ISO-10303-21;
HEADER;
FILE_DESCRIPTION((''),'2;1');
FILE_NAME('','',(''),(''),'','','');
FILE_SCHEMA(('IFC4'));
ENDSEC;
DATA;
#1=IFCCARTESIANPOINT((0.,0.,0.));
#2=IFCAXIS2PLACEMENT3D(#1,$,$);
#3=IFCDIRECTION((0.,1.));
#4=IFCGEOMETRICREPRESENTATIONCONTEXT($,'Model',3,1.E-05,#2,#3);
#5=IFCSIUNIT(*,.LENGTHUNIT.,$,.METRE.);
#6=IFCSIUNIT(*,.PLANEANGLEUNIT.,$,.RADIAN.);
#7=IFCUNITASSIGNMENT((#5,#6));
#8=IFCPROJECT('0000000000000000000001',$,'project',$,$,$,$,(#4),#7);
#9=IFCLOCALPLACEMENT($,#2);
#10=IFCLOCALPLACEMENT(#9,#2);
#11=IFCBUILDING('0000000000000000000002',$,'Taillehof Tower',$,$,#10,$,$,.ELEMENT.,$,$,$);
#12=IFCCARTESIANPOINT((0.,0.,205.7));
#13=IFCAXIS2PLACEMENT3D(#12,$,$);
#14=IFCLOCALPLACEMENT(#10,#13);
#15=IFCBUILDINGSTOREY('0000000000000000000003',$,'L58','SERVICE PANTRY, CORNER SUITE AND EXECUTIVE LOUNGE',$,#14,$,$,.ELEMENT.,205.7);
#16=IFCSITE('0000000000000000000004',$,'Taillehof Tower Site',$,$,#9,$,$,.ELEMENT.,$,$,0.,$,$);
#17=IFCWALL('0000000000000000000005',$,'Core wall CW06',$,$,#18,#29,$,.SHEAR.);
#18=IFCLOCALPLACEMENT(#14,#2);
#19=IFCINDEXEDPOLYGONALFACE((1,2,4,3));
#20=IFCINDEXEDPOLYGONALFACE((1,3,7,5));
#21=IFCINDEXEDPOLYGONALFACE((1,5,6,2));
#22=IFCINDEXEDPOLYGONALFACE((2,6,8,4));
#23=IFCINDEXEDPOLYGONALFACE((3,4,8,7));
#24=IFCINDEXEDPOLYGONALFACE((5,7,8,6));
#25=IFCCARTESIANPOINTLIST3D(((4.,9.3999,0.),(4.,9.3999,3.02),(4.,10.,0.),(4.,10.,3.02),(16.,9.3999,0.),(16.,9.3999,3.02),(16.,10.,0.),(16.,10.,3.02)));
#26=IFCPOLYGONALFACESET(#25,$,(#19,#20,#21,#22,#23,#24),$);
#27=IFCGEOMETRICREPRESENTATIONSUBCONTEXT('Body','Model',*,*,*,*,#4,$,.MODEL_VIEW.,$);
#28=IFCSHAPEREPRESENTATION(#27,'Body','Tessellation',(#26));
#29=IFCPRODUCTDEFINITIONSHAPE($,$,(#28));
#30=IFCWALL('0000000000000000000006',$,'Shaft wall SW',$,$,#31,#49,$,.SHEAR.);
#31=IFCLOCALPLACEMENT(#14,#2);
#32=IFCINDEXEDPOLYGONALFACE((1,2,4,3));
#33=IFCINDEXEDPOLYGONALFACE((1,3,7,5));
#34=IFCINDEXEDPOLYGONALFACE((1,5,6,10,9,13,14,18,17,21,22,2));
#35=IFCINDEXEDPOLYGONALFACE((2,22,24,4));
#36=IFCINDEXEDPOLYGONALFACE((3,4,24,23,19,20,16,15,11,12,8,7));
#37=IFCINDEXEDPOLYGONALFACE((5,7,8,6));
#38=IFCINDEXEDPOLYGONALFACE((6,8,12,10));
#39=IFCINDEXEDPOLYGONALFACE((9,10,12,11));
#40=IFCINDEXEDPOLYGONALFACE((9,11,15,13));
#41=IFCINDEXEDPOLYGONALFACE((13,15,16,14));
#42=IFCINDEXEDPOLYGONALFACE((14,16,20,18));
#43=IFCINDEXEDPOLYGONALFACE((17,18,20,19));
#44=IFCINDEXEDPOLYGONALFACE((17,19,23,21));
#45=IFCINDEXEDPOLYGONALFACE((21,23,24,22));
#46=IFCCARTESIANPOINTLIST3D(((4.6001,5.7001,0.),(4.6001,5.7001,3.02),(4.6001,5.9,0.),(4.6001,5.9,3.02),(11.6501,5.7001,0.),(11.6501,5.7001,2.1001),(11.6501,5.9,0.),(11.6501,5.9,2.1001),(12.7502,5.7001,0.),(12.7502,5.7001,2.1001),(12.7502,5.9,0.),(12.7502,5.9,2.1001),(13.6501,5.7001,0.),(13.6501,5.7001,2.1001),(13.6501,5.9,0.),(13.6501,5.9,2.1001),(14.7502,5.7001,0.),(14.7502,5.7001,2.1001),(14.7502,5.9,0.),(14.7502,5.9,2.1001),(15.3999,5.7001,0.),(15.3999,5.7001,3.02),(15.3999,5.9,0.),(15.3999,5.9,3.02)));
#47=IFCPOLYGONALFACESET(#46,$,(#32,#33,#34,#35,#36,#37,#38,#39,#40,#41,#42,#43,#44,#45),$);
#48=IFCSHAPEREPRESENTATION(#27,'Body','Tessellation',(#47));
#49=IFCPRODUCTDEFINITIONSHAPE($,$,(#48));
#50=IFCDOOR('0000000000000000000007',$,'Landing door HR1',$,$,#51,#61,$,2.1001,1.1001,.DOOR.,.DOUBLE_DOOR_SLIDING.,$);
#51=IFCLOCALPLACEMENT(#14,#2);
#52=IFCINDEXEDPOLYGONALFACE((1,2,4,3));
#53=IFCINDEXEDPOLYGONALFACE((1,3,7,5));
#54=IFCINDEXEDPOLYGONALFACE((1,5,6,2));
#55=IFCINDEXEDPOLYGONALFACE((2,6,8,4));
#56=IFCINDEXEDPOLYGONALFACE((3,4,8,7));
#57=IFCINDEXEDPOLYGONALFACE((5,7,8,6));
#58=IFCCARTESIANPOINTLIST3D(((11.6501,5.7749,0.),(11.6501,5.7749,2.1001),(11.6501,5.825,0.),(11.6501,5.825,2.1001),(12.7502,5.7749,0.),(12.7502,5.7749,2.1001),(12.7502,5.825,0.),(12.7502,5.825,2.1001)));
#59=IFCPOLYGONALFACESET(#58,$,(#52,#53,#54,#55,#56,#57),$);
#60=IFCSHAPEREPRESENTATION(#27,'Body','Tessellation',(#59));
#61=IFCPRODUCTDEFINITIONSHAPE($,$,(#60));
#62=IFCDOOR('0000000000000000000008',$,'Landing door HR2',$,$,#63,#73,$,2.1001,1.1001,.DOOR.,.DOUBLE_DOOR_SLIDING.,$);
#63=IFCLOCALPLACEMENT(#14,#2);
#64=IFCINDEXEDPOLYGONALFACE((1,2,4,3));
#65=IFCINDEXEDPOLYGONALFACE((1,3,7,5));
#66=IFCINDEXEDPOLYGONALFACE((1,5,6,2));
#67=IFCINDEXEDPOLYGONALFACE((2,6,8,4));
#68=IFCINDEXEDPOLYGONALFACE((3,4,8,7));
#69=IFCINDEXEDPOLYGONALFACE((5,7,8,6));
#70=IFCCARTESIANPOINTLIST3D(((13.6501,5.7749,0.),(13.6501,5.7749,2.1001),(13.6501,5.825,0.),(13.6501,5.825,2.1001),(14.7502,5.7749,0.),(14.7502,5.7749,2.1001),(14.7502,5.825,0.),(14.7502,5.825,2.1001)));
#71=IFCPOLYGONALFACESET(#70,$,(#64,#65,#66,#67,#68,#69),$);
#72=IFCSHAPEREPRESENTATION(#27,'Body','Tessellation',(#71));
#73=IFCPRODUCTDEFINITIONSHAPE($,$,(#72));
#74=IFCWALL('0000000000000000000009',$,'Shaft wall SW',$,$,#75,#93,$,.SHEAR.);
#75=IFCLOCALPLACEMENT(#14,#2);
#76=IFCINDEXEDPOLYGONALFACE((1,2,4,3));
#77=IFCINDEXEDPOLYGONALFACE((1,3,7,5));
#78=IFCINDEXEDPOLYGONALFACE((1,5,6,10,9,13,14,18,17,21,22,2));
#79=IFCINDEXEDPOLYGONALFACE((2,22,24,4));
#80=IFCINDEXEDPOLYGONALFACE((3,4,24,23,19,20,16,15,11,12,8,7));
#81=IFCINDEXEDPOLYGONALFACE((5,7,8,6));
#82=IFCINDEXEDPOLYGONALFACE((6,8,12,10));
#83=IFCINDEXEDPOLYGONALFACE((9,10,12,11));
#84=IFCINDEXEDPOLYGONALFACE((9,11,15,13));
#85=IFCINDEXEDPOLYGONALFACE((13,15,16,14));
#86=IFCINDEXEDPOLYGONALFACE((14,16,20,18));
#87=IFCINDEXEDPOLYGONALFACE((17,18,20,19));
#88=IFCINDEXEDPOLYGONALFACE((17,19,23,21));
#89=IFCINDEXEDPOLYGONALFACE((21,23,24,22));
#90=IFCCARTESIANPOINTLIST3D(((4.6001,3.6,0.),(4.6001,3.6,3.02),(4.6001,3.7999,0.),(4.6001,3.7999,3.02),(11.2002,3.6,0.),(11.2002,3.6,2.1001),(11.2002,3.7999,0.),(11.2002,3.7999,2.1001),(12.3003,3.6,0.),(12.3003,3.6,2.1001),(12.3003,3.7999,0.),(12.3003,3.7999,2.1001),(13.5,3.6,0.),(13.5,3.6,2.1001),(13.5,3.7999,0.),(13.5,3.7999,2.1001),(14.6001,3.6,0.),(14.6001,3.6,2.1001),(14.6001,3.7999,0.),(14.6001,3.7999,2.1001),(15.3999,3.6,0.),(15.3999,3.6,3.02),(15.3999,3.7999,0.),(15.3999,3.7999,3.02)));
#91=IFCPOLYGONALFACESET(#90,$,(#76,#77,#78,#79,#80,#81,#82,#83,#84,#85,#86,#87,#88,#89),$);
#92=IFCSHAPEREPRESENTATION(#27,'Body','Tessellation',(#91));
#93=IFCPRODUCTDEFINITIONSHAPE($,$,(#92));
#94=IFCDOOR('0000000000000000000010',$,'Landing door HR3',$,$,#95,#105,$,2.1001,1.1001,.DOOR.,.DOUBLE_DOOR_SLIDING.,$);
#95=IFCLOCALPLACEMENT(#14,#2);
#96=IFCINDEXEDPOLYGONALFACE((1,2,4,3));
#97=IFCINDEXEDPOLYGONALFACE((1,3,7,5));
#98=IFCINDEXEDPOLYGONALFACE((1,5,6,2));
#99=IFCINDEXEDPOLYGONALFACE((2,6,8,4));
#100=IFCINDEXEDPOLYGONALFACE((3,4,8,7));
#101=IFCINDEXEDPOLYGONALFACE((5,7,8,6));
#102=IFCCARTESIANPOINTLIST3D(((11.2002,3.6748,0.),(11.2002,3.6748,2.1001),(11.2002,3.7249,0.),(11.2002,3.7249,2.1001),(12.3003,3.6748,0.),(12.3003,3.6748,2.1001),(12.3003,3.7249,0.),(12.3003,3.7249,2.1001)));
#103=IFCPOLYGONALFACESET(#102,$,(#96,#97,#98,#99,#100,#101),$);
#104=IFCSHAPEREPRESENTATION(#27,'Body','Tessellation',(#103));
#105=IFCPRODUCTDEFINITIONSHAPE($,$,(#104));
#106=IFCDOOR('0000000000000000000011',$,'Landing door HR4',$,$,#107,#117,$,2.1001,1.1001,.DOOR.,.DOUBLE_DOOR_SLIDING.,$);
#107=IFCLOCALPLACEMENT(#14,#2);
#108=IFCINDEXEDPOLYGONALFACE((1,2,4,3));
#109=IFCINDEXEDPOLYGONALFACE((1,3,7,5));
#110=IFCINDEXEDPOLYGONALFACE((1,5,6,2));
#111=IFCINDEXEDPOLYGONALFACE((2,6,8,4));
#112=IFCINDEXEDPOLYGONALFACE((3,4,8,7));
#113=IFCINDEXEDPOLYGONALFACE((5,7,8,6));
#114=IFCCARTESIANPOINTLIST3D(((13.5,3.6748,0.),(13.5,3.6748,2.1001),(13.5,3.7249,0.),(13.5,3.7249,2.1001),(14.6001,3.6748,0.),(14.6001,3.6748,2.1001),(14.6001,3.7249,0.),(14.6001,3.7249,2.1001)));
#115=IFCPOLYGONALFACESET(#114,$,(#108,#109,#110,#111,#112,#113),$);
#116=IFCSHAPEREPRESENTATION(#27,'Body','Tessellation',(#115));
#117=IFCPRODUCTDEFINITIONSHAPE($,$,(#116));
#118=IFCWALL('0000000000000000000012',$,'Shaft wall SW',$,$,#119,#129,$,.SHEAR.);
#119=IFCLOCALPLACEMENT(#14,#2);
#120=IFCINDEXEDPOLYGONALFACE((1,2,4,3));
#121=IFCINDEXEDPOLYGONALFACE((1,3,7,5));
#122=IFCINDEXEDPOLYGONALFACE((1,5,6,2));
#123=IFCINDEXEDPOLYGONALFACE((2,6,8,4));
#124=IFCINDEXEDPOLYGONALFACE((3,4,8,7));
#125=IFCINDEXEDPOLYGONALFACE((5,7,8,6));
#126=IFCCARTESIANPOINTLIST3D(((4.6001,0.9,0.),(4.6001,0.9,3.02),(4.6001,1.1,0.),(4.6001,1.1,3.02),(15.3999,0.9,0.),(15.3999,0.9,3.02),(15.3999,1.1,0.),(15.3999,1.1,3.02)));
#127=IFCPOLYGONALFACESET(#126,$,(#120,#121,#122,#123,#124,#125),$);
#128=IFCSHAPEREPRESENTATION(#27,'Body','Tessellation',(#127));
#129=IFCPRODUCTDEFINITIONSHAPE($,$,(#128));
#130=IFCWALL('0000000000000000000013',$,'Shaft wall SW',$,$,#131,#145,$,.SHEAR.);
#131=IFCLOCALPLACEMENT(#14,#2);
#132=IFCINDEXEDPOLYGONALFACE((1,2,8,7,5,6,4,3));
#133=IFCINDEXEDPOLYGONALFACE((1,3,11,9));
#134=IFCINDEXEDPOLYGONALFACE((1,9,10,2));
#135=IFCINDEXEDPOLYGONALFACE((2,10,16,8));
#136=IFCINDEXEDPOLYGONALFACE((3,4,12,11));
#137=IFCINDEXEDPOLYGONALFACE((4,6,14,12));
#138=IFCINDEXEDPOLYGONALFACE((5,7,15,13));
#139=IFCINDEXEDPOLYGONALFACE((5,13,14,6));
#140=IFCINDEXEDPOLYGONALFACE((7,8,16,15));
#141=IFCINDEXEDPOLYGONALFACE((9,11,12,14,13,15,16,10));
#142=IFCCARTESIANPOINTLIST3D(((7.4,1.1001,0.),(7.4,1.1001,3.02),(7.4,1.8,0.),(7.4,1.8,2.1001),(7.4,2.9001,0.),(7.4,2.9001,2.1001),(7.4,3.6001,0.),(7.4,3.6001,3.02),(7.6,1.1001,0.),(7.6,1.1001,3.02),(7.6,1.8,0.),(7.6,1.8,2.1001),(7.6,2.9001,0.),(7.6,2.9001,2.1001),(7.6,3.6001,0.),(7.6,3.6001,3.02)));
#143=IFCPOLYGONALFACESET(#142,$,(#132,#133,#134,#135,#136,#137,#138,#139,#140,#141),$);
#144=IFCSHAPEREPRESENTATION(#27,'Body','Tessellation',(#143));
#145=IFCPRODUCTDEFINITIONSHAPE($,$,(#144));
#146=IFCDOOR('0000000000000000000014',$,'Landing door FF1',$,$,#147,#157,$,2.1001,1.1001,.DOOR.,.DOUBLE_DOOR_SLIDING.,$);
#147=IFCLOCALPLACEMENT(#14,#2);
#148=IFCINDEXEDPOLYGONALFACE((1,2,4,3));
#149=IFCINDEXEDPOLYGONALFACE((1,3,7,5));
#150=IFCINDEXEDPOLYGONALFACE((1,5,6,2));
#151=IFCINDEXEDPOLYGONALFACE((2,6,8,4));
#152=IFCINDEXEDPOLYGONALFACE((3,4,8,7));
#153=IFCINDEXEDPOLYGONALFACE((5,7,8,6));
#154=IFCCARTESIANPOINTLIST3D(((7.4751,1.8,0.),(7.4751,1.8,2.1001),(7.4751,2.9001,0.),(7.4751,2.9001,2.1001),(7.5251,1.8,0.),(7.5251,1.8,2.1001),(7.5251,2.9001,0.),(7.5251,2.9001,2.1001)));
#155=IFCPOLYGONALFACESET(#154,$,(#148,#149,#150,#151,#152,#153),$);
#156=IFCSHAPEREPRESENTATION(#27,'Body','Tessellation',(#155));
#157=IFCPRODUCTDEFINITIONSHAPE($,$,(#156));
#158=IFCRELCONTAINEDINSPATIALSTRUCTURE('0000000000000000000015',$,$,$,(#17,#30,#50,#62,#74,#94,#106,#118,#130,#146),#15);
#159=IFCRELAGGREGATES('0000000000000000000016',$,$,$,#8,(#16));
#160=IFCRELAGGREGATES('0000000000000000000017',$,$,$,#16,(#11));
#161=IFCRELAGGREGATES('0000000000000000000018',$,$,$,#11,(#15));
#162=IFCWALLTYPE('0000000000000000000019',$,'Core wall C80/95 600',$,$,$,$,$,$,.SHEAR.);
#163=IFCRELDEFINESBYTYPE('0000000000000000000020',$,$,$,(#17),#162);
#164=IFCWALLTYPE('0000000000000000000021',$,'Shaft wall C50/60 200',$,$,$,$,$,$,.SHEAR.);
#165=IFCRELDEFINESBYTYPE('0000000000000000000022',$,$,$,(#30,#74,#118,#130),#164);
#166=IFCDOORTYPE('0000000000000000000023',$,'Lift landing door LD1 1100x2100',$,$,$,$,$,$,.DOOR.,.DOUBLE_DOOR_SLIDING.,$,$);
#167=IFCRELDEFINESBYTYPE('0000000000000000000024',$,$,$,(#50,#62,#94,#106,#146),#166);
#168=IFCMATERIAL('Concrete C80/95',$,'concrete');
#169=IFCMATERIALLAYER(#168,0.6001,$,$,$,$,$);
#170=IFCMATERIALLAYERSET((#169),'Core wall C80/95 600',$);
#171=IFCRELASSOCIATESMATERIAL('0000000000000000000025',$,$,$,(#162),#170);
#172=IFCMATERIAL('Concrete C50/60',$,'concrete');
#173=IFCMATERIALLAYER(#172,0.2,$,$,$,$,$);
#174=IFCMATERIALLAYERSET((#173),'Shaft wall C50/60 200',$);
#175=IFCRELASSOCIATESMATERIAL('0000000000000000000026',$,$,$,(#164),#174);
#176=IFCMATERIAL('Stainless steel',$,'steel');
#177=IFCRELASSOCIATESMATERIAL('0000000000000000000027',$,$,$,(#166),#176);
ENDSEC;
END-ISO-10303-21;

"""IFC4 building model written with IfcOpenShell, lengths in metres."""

from ifc_helpers import new_model, si_unit, direction, frame, frame_2d, origin, place, context, subcontext, project, spatial, rectangle, extrude, material, layer, layer_set, type_object, element, fill, save


model = new_model("IFC4")

# Units and contexts
model_context = context("Model", 3, precision=1e-05, world=origin(), true_north=direction((0.0, 1.0)))
body_context = subcontext(model_context, "Body", "Model", "MODEL_VIEW")
ifc_project = project(units=[si_unit("LENGTHUNIT", "METRE"), si_unit("PLANEANGLEUNIT", "RADIAN")], contexts=[model_context])

# Site, building, storey
site_placement = place(None, origin())
site = spatial("IfcSite", under=ifc_project, at=site_placement, Name="Taillehof Tower Site", CompositionType="ELEMENT", RefElevation=0.0)
building_placement = place(site_placement, origin())
building = spatial("IfcBuilding", under=site, at=building_placement, Name="Taillehof Tower", CompositionType="ELEMENT")
storey_placement = place(building_placement, frame((0.0, 0.0, 205.7)))
storey = spatial("IfcBuildingStorey", under=building, at=storey_placement, Name="L58", Description="SERVICE PANTRY, CORNER SUITE AND EXECUTIVE LOUNGE", CompositionType="ELEMENT", Elevation=205.7)

# Wall
ifc_material_1 = material(Name="Concrete C80/95", Category="concrete")
ifc_layer_1 = layer(ifc_material_1, 0.6001)
ifc_layer_set_1 = layer_set([ifc_layer_1], Name="Core wall C80/95 600")
wall_type_1 = type_object("IfcWallType", Name="Core wall C80/95 600", PredefinedType="SHEAR", material=ifc_layer_set_1)
wall_1_placement = place(storey_placement, frame((4.0, 9.7, 0.0), z_axis=(0.0, 0.0, 1.0), x_axis=(1.0, 0.0, 0.0)))
element("IfcWall", 1, at=wall_1_placement, inside=storey, type_object=wall_type_1, Name="Core wall CW06", PredefinedType="SHEAR", context=body_context, shape_type="SweptSolid", body=[
    extrude(rectangle(XDim=12.0, YDim=0.6001, at=frame_2d((6.0, 0.0))), origin(), (0.0, 0.0, 1.0), 3.02),
])

# Walls, openings, doors
ifc_material_2 = material(Name="Concrete C50/60", Category="concrete")
ifc_layer_2 = layer(ifc_material_2, 0.2)
ifc_layer_set_2 = layer_set([ifc_layer_2], Name="Shaft wall C50/60 200")
wall_type_2 = type_object("IfcWallType", Name="Shaft wall C50/60 200", PredefinedType="SHEAR", material=ifc_layer_set_2)
wall_2_placement = place(storey_placement, frame((4.6001, 5.8, 0.0), z_axis=(0.0, 0.0, 1.0), x_axis=(1.0, 0.0, 0.0)))
wall_2 = element("IfcWall", 2, at=wall_2_placement, inside=storey, type_object=wall_type_2, Name="Shaft wall SW", PredefinedType="SHEAR", context=body_context, shape_type="SweptSolid", body=[
    extrude(rectangle(XDim=10.7998, YDim=0.2, at=frame_2d((5.3999, 0.0))), origin(), (0.0, 0.0, 1.0), 3.02),
])
opening_1_placement = place(wall_2_placement, frame((7.05, 0.0, 0.0)))
opening_1 = element("IfcOpeningElement", 3, at=opening_1_placement, cuts=wall_2, PredefinedType="OPENING", context=body_context, shape_type="SweptSolid", body=[
    extrude(rectangle(XDim=1.1001, YDim=2.1001, at=frame_2d((0.55, 1.05))), frame((0.0, 0.1099, 0.0), z_axis=(0.0, -1.0, 0.0), x_axis=(1.0, 0.0, 0.0)), (0.0, 0.0, 1.0), 0.22),
])
opening_2_placement = place(wall_2_placement, frame((9.05, 0.0, 0.0)))
opening_2 = element("IfcOpeningElement", 4, at=opening_2_placement, cuts=wall_2, PredefinedType="OPENING", context=body_context, shape_type="SweptSolid", body=[
    extrude(rectangle(XDim=1.1001, YDim=2.1001, at=frame_2d((0.55, 1.05))), frame((0.0, 0.1099, 0.0), z_axis=(0.0, -1.0, 0.0), x_axis=(1.0, 0.0, 0.0)), (0.0, 0.0, 1.0), 0.22),
])
ifc_material_3 = material(Name="Stainless steel", Category="steel")
door_type_1 = type_object("IfcDoorType", Name="Lift landing door LD1 1100x2100", OperationType="DOUBLE_DOOR_SLIDING", PredefinedType="DOOR", material=ifc_material_3)
door_1_placement = place(opening_1_placement, origin())
door_1 = element("IfcDoor", 5, at=door_1_placement, inside=storey, type_object=door_type_1, Name="Landing door HR1", OperationType="DOUBLE_DOOR_SLIDING", OverallHeight=2.1001, OverallWidth=1.1001, PredefinedType="DOOR", context=body_context, shape_type="SweptSolid", body=[
    extrude(rectangle(XDim=1.1001, YDim=2.1001, at=frame_2d((0.55, 1.05))), frame((0.0, 0.0249, 0.0), z_axis=(0.0, -1.0, 0.0), x_axis=(1.0, 0.0, 0.0)), (0.0, 0.0, 1.0), 0.05),
])
fill(opening_1, door_1)
door_2_placement = place(opening_2_placement, origin())
door_2 = element("IfcDoor", 6, at=door_2_placement, inside=storey, type_object=door_type_1, Name="Landing door HR2", OperationType="DOUBLE_DOOR_SLIDING", OverallHeight=2.1001, OverallWidth=1.1001, PredefinedType="DOOR", context=body_context, shape_type="SweptSolid", body=[
    extrude(rectangle(XDim=1.1001, YDim=2.1001, at=frame_2d((0.55, 1.05))), frame((0.0, 0.0249, 0.0), z_axis=(0.0, -1.0, 0.0), x_axis=(1.0, 0.0, 0.0)), (0.0, 0.0, 1.0), 0.05),
])
fill(opening_2, door_2)
wall_3_placement = place(storey_placement, frame((4.6001, 3.7, 0.0), z_axis=(0.0, 0.0, 1.0), x_axis=(1.0, 0.0, 0.0)))
wall_3 = element("IfcWall", 7, at=wall_3_placement, inside=storey, type_object=wall_type_2, Name="Shaft wall SW", PredefinedType="SHEAR", context=body_context, shape_type="SweptSolid", body=[
    extrude(rectangle(XDim=10.7998, YDim=0.2, at=frame_2d((5.3999, 0.0))), origin(), (0.0, 0.0, 1.0), 3.02),
])
opening_3_placement = place(wall_3_placement, frame((6.6001, 0.0, 0.0)))
opening_3 = element("IfcOpeningElement", 8, at=opening_3_placement, cuts=wall_3, PredefinedType="OPENING", context=body_context, shape_type="SweptSolid", body=[
    extrude(rectangle(XDim=1.1001, YDim=2.1001, at=frame_2d((0.55, 1.05))), frame((0.0, 0.1099, 0.0), z_axis=(0.0, -1.0, 0.0), x_axis=(1.0, 0.0, 0.0)), (0.0, 0.0, 1.0), 0.22),
])
opening_4_placement = place(wall_3_placement, frame((8.8999, 0.0, 0.0)))
opening_4 = element("IfcOpeningElement", 9, at=opening_4_placement, cuts=wall_3, PredefinedType="OPENING", context=body_context, shape_type="SweptSolid", body=[
    extrude(rectangle(XDim=1.1001, YDim=2.1001, at=frame_2d((0.55, 1.05))), frame((0.0, 0.1099, 0.0), z_axis=(0.0, -1.0, 0.0), x_axis=(1.0, 0.0, 0.0)), (0.0, 0.0, 1.0), 0.22),
])
door_3_placement = place(opening_3_placement, origin())
door_3 = element("IfcDoor", 10, at=door_3_placement, inside=storey, type_object=door_type_1, Name="Landing door HR3", OperationType="DOUBLE_DOOR_SLIDING", OverallHeight=2.1001, OverallWidth=1.1001, PredefinedType="DOOR", context=body_context, shape_type="SweptSolid", body=[
    extrude(rectangle(XDim=1.1001, YDim=2.1001, at=frame_2d((0.55, 1.05))), frame((0.0, 0.0249, 0.0), z_axis=(0.0, -1.0, 0.0), x_axis=(1.0, 0.0, 0.0)), (0.0, 0.0, 1.0), 0.05),
])
fill(opening_3, door_3)
door_4_placement = place(opening_4_placement, origin())
door_4 = element("IfcDoor", 11, at=door_4_placement, inside=storey, type_object=door_type_1, Name="Landing door HR4", OperationType="DOUBLE_DOOR_SLIDING", OverallHeight=2.1001, OverallWidth=1.1001, PredefinedType="DOOR", context=body_context, shape_type="SweptSolid", body=[
    extrude(rectangle(XDim=1.1001, YDim=2.1001, at=frame_2d((0.55, 1.05))), frame((0.0, 0.0249, 0.0), z_axis=(0.0, -1.0, 0.0), x_axis=(1.0, 0.0, 0.0)), (0.0, 0.0, 1.0), 0.05),
])
fill(opening_4, door_4)

# Wall
wall_4_placement = place(storey_placement, frame((4.6001, 1.0, 0.0), z_axis=(0.0, 0.0, 1.0), x_axis=(1.0, 0.0, 0.0)))
element("IfcWall", 12, at=wall_4_placement, inside=storey, type_object=wall_type_2, Name="Shaft wall SW", PredefinedType="SHEAR", context=body_context, shape_type="SweptSolid", body=[
    extrude(rectangle(XDim=10.7998, YDim=0.2, at=frame_2d((5.3999, 0.0))), origin(), (0.0, 0.0, 1.0), 3.02),
])

# Wall, opening, door
wall_5_placement = place(storey_placement, frame((7.5, 1.1001, 0.0), z_axis=(0.0, 0.0, 1.0), x_axis=(0.0, 1.0, 0.0)))
wall_5 = element("IfcWall", 13, at=wall_5_placement, inside=storey, type_object=wall_type_2, Name="Shaft wall SW", PredefinedType="SHEAR", context=body_context, shape_type="SweptSolid", body=[
    extrude(rectangle(XDim=2.5, YDim=0.2, at=frame_2d((1.25, 0.0))), origin(), (0.0, 0.0, 1.0), 3.02),
])
opening_5_placement = place(wall_5_placement, frame((0.7, 0.0, 0.0)))
opening_5 = element("IfcOpeningElement", 14, at=opening_5_placement, cuts=wall_5, PredefinedType="OPENING", context=body_context, shape_type="SweptSolid", body=[
    extrude(rectangle(XDim=1.1001, YDim=2.1001, at=frame_2d((0.55, 1.05))), frame((0.0, 0.1099, 0.0), z_axis=(0.0, -1.0, 0.0), x_axis=(1.0, 0.0, 0.0)), (0.0, 0.0, 1.0), 0.22),
])
door_5_placement = place(opening_5_placement, origin())
door_5 = element("IfcDoor", 15, at=door_5_placement, inside=storey, type_object=door_type_1, Name="Landing door FF1", OperationType="DOUBLE_DOOR_SLIDING", OverallHeight=2.1001, OverallWidth=1.1001, PredefinedType="DOOR", context=body_context, shape_type="SweptSolid", body=[
    extrude(rectangle(XDim=1.1001, YDim=2.1001, at=frame_2d((0.55, 1.05))), frame((0.0, 0.0249, 0.0), z_axis=(0.0, -1.0, 0.0), x_axis=(1.0, 0.0, 0.0)), (0.0, 0.0, 1.0), 0.05),
])
fill(opening_5, door_5)

save(model, "model.ifc")
